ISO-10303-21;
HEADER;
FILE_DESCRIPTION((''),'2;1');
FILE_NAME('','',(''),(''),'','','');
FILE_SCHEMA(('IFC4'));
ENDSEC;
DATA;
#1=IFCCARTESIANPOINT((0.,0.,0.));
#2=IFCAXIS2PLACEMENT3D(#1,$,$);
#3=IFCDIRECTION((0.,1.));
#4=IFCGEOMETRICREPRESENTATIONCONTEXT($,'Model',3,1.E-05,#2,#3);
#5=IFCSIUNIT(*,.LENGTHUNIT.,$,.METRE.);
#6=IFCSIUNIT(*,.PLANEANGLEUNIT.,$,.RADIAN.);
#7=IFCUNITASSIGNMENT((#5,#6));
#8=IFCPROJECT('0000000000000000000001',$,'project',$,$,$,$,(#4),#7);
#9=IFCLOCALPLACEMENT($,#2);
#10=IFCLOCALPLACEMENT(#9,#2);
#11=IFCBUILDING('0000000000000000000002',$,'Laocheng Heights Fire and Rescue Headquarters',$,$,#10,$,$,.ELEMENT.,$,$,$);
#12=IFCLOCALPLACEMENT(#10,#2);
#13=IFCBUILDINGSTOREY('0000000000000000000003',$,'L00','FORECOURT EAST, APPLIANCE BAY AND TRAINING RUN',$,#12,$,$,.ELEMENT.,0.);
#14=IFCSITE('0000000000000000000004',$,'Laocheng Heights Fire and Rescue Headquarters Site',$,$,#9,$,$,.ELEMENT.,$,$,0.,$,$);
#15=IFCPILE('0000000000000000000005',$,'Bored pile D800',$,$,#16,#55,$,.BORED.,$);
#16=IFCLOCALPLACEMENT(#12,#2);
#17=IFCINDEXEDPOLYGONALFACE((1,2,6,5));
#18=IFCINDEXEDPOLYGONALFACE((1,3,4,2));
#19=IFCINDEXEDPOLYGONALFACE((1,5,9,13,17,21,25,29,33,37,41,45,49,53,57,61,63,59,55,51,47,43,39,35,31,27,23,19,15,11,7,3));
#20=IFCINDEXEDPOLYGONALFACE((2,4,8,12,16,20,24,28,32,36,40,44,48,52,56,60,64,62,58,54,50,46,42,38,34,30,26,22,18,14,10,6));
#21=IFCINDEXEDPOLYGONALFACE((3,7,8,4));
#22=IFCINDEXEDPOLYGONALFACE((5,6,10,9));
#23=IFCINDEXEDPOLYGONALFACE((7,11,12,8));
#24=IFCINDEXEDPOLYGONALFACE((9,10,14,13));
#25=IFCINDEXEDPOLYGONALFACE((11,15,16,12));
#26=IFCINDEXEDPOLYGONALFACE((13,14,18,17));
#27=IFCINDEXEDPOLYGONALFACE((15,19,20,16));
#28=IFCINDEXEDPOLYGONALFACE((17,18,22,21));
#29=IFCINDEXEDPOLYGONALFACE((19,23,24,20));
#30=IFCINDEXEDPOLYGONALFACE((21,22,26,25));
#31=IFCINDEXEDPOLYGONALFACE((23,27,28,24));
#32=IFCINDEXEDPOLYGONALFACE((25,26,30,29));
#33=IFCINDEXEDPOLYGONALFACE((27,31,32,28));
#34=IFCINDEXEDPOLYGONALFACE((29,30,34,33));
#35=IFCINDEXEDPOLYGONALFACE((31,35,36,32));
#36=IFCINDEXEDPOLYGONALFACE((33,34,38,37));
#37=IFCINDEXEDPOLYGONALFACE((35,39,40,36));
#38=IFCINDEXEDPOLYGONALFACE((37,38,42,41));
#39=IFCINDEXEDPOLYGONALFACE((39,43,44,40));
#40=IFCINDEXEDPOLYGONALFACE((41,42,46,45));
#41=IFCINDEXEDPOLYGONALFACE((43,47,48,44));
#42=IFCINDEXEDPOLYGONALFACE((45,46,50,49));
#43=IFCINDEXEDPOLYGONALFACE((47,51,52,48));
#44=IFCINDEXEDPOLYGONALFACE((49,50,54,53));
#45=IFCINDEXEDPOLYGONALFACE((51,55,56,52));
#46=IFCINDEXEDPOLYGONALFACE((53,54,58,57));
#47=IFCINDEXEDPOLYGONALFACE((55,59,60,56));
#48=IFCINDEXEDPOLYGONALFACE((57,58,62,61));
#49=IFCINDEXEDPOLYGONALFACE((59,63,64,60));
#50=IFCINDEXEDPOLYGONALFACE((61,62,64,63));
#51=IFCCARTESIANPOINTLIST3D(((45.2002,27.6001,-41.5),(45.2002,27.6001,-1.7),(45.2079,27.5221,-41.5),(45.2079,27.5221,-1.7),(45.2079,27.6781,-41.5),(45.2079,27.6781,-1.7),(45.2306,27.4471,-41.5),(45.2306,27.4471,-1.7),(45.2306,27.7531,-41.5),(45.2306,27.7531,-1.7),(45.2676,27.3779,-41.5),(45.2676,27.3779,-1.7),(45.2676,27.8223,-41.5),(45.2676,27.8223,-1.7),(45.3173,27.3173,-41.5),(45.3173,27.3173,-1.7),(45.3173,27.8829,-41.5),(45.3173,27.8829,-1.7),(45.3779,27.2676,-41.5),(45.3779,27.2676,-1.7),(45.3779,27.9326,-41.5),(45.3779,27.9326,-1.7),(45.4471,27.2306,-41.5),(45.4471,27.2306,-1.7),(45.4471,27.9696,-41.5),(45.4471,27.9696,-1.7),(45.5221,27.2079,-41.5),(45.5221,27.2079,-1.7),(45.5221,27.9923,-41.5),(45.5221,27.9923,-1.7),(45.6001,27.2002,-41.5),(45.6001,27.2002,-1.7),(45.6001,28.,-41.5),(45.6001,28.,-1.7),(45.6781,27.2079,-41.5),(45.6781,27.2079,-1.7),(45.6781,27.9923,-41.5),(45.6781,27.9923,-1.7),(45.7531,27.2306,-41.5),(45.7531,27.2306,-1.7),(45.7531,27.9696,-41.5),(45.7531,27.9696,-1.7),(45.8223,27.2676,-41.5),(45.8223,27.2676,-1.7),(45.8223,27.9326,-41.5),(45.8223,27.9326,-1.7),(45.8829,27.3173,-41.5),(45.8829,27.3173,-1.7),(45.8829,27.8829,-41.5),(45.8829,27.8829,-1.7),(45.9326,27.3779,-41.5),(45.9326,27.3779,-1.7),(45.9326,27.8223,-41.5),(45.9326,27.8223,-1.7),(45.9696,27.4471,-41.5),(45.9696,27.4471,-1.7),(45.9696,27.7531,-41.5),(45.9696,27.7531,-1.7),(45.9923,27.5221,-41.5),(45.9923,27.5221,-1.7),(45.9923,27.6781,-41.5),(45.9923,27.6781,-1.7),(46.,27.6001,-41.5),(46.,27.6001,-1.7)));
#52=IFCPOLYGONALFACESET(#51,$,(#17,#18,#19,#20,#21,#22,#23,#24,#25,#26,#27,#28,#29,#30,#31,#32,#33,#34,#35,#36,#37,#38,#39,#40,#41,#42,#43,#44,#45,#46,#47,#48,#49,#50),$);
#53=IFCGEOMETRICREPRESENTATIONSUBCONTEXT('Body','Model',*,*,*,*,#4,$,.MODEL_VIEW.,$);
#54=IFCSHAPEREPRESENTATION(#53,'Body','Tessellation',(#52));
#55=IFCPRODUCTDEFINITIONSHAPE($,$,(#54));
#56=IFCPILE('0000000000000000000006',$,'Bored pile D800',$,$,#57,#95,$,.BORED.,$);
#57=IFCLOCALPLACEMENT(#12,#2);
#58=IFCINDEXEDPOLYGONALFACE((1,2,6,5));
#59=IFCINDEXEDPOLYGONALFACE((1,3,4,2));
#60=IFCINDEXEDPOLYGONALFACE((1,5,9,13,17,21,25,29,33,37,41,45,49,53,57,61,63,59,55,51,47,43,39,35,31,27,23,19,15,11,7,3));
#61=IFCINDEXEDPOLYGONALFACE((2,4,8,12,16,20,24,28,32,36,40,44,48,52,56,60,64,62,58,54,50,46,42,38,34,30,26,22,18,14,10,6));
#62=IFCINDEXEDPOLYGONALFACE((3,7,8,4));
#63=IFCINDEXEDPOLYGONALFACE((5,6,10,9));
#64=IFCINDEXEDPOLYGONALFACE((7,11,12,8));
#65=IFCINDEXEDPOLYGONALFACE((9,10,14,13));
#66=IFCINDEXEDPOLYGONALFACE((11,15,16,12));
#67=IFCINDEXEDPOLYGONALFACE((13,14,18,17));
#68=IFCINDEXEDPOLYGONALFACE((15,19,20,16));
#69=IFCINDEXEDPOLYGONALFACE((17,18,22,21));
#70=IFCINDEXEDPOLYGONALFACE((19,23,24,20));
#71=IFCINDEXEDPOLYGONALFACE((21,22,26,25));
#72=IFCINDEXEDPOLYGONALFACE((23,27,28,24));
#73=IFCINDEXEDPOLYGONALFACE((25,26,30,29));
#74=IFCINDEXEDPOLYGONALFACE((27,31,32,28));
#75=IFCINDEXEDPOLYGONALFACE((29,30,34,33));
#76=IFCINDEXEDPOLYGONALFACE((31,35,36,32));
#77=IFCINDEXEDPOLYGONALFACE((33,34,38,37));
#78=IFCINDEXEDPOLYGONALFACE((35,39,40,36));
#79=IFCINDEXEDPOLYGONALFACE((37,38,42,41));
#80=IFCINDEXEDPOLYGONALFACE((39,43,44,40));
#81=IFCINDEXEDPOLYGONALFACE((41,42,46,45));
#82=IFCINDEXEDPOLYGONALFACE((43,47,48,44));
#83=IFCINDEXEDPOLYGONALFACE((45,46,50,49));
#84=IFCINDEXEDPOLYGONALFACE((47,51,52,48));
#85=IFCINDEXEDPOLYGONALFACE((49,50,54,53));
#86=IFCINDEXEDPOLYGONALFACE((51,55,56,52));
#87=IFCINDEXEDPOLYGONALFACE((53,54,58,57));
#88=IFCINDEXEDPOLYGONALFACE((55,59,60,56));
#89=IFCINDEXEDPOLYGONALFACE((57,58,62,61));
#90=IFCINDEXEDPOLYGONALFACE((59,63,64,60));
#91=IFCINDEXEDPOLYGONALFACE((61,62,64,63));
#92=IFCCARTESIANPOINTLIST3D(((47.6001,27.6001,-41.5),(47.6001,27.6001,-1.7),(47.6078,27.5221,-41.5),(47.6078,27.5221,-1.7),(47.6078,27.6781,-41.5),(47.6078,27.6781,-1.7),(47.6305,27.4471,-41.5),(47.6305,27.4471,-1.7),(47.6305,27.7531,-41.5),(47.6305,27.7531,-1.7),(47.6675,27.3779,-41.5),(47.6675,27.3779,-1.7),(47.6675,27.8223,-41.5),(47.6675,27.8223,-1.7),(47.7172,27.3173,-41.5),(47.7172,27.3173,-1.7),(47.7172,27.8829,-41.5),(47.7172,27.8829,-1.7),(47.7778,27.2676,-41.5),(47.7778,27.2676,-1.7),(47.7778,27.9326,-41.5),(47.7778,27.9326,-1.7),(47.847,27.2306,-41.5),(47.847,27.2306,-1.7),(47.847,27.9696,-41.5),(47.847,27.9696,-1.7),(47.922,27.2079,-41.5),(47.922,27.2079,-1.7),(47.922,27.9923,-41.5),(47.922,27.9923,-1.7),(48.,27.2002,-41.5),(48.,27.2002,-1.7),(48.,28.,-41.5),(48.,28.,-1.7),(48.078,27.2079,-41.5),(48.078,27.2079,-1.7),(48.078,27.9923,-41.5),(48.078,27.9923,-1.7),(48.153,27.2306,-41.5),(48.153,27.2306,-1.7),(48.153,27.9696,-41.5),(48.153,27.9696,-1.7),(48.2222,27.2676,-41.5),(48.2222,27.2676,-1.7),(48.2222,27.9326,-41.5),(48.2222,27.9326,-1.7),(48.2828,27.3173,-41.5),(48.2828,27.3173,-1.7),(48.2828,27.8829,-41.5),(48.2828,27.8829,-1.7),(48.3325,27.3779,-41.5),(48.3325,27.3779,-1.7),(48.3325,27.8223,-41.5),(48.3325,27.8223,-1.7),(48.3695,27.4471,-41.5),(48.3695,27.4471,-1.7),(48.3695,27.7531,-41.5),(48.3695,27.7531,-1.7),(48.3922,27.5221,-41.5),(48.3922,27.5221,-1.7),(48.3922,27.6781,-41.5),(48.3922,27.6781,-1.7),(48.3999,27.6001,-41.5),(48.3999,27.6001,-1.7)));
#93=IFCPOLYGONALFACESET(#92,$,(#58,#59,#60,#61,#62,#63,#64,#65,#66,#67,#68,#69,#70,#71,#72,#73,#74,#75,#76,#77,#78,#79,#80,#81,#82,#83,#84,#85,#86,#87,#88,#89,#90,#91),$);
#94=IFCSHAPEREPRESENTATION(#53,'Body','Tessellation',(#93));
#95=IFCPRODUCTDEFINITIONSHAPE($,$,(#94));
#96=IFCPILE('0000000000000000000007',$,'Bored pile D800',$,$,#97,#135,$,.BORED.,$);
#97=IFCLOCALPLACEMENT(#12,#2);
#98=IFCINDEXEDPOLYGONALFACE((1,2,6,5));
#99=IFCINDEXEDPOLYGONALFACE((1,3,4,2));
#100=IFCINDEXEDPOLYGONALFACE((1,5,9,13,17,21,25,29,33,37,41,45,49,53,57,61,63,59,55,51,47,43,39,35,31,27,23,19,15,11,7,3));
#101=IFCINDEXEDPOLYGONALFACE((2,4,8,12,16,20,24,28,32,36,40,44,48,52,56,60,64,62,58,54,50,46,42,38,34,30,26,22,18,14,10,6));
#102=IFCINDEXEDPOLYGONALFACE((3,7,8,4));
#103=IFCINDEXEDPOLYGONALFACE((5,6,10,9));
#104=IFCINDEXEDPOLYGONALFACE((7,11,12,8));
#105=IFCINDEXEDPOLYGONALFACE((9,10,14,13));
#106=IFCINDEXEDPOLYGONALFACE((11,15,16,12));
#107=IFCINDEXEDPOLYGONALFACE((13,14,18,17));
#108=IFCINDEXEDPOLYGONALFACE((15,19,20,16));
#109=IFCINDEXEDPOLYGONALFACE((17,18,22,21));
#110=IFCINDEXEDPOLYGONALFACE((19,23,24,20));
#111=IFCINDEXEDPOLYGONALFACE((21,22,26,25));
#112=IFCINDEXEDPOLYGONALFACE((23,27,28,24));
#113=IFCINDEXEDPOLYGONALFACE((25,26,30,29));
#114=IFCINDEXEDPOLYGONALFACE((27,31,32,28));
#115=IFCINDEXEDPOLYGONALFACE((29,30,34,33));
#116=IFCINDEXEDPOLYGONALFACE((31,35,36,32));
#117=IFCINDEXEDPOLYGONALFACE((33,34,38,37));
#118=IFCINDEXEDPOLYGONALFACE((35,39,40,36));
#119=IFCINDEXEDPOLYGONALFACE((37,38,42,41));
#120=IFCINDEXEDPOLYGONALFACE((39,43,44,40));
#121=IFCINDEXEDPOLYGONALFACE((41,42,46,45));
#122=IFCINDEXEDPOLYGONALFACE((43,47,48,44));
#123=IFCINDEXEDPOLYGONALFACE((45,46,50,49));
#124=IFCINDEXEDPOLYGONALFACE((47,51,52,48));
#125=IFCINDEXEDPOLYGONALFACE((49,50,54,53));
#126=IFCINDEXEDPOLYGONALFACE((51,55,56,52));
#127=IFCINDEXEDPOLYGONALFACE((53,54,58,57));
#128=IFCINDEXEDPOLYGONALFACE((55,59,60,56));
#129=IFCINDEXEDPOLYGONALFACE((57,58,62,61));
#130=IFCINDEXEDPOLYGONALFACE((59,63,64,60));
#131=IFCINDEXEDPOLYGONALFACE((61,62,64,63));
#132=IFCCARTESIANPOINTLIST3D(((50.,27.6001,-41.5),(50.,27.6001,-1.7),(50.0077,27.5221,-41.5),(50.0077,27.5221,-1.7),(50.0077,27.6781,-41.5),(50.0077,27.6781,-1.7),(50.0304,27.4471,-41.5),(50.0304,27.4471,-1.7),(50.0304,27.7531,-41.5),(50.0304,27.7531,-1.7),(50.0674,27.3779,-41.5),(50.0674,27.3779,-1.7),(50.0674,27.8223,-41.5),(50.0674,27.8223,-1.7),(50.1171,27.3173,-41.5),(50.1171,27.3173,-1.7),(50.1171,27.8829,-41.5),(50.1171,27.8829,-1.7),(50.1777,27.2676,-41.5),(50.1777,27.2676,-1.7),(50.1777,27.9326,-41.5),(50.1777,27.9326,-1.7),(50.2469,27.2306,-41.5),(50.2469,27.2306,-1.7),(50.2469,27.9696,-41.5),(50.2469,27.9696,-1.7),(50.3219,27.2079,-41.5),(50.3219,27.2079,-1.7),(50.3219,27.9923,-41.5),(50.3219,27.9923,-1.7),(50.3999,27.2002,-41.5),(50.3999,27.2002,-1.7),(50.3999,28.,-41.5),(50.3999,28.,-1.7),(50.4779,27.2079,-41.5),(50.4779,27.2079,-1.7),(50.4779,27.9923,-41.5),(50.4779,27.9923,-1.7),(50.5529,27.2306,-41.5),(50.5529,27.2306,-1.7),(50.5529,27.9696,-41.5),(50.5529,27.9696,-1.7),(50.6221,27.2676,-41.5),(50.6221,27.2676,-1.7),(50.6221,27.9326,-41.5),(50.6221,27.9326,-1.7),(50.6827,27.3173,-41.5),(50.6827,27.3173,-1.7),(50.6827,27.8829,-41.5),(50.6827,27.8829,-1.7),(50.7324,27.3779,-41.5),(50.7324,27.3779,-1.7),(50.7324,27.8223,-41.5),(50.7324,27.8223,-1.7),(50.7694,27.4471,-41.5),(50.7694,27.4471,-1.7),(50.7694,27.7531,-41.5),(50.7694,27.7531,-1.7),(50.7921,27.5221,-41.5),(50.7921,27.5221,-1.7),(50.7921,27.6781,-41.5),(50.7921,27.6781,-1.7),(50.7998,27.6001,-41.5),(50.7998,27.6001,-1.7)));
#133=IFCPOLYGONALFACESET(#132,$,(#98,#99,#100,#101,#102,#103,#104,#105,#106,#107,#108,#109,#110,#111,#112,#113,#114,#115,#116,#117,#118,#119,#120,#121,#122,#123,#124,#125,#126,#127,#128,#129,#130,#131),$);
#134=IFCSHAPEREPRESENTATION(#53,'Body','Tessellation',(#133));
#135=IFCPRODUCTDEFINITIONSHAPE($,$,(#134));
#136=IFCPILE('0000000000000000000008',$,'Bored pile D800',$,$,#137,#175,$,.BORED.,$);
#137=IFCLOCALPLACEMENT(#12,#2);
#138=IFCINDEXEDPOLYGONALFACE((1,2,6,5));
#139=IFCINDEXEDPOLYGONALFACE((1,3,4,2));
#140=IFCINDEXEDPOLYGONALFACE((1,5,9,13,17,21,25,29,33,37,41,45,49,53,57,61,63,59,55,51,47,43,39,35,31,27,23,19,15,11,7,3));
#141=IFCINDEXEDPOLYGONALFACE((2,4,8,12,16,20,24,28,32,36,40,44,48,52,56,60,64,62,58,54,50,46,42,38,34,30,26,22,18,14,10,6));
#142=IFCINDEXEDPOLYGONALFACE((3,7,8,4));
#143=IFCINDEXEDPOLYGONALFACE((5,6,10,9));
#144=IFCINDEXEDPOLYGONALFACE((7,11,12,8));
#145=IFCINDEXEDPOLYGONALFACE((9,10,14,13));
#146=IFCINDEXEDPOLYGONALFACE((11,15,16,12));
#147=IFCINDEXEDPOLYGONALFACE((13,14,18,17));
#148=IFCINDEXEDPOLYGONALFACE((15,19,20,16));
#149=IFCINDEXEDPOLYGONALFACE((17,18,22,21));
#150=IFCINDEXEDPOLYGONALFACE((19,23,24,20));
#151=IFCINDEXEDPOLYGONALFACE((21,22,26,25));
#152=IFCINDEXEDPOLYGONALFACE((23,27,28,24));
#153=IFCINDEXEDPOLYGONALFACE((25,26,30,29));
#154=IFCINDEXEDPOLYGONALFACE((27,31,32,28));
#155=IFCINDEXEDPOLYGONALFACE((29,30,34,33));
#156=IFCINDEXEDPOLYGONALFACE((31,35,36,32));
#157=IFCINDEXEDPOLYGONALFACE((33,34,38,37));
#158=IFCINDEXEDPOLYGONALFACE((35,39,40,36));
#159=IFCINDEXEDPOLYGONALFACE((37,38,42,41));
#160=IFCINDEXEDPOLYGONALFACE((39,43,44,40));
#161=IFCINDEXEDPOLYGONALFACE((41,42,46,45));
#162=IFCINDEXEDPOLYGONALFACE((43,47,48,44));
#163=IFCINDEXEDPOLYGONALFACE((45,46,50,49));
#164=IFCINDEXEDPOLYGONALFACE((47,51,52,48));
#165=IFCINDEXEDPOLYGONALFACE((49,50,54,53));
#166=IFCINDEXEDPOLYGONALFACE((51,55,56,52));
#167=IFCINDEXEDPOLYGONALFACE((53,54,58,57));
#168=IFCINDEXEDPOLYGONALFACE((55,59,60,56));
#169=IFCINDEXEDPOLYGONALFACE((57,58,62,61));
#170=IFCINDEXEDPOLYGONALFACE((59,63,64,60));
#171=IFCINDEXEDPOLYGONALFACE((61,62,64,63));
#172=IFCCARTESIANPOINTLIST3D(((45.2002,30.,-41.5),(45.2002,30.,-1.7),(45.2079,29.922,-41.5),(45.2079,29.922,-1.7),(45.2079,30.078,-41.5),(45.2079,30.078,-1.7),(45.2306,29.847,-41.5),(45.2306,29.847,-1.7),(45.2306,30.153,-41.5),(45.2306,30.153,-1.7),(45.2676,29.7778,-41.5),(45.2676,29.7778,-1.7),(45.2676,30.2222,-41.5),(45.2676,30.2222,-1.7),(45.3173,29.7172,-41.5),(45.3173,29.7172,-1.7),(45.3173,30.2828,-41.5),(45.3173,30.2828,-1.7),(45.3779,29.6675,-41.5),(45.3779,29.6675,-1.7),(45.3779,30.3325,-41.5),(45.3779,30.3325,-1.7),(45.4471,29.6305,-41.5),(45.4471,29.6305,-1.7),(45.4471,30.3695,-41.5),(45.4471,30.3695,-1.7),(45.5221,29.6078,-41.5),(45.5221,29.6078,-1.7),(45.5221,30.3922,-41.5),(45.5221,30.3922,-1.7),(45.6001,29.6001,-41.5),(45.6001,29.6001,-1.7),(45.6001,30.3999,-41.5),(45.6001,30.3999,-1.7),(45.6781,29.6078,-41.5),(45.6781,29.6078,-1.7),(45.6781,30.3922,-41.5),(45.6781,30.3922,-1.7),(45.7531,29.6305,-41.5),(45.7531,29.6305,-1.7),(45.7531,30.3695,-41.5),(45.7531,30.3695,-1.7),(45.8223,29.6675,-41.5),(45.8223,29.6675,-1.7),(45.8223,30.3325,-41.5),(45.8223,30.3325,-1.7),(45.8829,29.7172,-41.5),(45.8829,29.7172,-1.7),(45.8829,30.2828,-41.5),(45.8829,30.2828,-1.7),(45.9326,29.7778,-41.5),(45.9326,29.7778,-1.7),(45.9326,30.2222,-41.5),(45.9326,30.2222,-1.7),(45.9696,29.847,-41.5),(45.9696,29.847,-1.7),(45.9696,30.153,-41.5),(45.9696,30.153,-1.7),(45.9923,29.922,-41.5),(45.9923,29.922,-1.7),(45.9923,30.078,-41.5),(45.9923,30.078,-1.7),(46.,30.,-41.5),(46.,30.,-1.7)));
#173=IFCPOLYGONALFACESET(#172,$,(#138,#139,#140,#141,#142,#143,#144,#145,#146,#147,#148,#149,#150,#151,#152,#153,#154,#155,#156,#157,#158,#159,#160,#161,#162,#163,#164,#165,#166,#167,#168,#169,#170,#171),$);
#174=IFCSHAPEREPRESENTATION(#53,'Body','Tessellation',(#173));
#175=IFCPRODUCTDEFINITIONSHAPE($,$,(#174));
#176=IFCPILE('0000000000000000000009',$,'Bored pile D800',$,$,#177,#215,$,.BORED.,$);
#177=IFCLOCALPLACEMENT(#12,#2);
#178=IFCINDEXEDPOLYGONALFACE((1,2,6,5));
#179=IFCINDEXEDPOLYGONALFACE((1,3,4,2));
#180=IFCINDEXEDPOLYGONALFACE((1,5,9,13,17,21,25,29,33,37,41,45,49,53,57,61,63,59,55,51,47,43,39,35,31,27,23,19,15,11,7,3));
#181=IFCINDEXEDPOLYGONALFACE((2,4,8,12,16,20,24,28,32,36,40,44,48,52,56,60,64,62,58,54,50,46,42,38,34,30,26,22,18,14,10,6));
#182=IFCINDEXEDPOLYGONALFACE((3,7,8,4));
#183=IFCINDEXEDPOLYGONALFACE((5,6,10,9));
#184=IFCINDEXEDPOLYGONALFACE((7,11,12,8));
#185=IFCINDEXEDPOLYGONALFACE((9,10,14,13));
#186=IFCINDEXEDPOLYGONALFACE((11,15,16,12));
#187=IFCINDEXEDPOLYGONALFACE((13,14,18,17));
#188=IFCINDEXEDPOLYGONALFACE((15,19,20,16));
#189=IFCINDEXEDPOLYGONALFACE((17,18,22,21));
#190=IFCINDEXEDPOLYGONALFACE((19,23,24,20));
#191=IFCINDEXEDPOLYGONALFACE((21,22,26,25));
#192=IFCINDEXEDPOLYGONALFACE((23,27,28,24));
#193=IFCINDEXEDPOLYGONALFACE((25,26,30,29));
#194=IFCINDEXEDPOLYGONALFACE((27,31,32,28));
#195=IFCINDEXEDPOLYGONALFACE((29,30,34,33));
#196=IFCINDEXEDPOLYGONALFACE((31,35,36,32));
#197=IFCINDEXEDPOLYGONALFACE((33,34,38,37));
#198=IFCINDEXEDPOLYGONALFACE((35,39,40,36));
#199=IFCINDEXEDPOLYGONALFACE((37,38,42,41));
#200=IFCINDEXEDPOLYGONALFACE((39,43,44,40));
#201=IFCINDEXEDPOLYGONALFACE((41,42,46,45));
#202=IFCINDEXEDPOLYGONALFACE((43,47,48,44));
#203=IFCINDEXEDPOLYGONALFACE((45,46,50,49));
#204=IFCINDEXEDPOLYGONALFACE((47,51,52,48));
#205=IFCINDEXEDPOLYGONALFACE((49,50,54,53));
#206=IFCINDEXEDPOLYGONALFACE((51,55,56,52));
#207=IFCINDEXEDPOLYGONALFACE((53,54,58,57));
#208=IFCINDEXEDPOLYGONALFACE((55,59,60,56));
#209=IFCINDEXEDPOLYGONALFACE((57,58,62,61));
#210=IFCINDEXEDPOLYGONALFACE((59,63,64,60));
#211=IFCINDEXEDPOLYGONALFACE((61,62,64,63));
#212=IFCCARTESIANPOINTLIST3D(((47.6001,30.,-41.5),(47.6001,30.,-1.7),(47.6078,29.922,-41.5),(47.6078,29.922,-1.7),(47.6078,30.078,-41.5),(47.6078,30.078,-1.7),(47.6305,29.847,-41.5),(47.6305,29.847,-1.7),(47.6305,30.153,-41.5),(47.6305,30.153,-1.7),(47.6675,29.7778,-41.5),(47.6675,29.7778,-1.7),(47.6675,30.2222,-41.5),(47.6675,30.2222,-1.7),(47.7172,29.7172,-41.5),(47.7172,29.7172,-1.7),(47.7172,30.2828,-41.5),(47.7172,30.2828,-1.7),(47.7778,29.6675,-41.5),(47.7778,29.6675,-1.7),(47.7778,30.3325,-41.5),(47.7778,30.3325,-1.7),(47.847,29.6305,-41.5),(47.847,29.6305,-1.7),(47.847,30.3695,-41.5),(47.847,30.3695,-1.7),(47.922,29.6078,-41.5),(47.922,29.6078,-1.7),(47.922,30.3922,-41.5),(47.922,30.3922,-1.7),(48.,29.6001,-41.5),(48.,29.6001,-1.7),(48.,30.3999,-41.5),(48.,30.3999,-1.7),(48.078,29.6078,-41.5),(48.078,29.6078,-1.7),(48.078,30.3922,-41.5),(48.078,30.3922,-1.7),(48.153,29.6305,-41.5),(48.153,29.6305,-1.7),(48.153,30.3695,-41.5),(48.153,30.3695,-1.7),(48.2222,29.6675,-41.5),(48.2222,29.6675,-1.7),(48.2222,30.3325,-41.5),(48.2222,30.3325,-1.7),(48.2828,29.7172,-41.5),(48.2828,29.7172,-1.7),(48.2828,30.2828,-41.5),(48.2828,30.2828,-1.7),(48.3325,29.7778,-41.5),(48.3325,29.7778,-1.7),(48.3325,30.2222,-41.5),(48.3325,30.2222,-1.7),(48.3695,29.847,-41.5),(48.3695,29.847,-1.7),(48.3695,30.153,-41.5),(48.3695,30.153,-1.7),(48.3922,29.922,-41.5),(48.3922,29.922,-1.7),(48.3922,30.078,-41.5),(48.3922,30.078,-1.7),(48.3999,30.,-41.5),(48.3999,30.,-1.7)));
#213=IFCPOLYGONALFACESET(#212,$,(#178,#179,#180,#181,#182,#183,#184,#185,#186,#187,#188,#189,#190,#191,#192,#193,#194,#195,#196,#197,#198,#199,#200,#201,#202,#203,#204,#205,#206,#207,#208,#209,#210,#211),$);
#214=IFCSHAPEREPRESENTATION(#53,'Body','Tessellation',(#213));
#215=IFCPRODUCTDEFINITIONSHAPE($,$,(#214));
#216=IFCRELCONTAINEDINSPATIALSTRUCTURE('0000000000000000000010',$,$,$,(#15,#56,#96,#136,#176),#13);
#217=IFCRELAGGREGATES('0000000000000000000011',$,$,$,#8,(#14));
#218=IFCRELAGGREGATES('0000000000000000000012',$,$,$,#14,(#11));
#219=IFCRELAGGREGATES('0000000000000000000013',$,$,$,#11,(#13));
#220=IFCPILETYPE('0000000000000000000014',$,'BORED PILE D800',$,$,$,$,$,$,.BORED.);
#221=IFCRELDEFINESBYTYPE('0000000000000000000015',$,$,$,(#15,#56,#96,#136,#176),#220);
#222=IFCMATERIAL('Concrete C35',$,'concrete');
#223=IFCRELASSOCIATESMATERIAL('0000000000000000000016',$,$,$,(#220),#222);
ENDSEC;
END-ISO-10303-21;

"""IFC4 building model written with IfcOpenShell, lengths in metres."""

from ifc_helpers import new_model, si_unit, direction, frame, origin, origin_2d, place, context, subcontext, project, spatial, circle, extrude, material, material_profile, profile_set, type_object, element, save


model = new_model("IFC4")

# Units and contexts
model_context = context("Model", 3, precision=1e-05, world=origin(), true_north=direction((0.0, 1.0)))
body_context = subcontext(model_context, "Body", "Model", "MODEL_VIEW")
ifc_project = project(units=[si_unit("LENGTHUNIT", "METRE"), si_unit("PLANEANGLEUNIT", "RADIAN")], contexts=[model_context])

# Site, building, storey
site_placement = place(None, origin())
site = spatial("IfcSite", under=ifc_project, at=site_placement, Name="Laocheng Heights Fire and Rescue Headquarters Site", CompositionType="ELEMENT", RefElevation=0.0)
building_placement = place(site_placement, origin())
building = spatial("IfcBuilding", under=site, at=building_placement, Name="Laocheng Heights Fire and Rescue Headquarters", CompositionType="ELEMENT")
storey_placement = place(building_placement, origin())
storey = spatial("IfcBuildingStorey", under=building, at=storey_placement, Name="L00", Description="FORECOURT EAST, APPLIANCE BAY AND TRAINING RUN", CompositionType="ELEMENT", Elevation=0.0)

# Piles
ifc_material_1 = material(Name="Concrete C35", Category="concrete")
ifc_material_profile_1 = material_profile(ifc_material_1, circle(Radius=0.3999, at=origin_2d()), Name="BORED PILE D800")
ifc_profile_set_1 = profile_set([ifc_material_profile_1], Name="Concrete C35")
pile_type_1 = type_object("IfcPileType", Name="BORED PILE D800", PredefinedType="BORED", material=ifc_profile_set_1)
for number, where, z_axis, x_axis, name in (
    (1, (45.6001, 27.6001, -1.7), (0.0, 0.0, -1.0), (1.0, 0.0, 0.0), "Bored pile D800"),
    (2, (48.0, 27.6001, -1.7), (0.0, 0.0, -1.0), (1.0, 0.0, 0.0), "Bored pile D800"),
    (3, (50.3999, 27.6001, -1.7), (0.0, 0.0, -1.0), (1.0, 0.0, 0.0), "Bored pile D800"),
    (4, (45.6001, 30.0, -1.7), (0.0, 0.0, -1.0), (1.0, 0.0, 0.0), "Bored pile D800"),
    (5, (48.0, 30.0, -1.7), (0.0, 0.0, -1.0), (1.0, 0.0, 0.0), "Bored pile D800"),
):
    element("IfcPile", number, at=place(storey_placement, frame(where, z_axis=z_axis, x_axis=x_axis)), inside=storey, type_object=pile_type_1, Name=name, PredefinedType="BORED", context=body_context, shape_type="SweptSolid", body=[
        extrude(circle(Radius=0.3999, at=origin_2d()), origin(), (0.0, 0.0, 1.0), 39.8),
    ])

save(model, "model.ifc")
